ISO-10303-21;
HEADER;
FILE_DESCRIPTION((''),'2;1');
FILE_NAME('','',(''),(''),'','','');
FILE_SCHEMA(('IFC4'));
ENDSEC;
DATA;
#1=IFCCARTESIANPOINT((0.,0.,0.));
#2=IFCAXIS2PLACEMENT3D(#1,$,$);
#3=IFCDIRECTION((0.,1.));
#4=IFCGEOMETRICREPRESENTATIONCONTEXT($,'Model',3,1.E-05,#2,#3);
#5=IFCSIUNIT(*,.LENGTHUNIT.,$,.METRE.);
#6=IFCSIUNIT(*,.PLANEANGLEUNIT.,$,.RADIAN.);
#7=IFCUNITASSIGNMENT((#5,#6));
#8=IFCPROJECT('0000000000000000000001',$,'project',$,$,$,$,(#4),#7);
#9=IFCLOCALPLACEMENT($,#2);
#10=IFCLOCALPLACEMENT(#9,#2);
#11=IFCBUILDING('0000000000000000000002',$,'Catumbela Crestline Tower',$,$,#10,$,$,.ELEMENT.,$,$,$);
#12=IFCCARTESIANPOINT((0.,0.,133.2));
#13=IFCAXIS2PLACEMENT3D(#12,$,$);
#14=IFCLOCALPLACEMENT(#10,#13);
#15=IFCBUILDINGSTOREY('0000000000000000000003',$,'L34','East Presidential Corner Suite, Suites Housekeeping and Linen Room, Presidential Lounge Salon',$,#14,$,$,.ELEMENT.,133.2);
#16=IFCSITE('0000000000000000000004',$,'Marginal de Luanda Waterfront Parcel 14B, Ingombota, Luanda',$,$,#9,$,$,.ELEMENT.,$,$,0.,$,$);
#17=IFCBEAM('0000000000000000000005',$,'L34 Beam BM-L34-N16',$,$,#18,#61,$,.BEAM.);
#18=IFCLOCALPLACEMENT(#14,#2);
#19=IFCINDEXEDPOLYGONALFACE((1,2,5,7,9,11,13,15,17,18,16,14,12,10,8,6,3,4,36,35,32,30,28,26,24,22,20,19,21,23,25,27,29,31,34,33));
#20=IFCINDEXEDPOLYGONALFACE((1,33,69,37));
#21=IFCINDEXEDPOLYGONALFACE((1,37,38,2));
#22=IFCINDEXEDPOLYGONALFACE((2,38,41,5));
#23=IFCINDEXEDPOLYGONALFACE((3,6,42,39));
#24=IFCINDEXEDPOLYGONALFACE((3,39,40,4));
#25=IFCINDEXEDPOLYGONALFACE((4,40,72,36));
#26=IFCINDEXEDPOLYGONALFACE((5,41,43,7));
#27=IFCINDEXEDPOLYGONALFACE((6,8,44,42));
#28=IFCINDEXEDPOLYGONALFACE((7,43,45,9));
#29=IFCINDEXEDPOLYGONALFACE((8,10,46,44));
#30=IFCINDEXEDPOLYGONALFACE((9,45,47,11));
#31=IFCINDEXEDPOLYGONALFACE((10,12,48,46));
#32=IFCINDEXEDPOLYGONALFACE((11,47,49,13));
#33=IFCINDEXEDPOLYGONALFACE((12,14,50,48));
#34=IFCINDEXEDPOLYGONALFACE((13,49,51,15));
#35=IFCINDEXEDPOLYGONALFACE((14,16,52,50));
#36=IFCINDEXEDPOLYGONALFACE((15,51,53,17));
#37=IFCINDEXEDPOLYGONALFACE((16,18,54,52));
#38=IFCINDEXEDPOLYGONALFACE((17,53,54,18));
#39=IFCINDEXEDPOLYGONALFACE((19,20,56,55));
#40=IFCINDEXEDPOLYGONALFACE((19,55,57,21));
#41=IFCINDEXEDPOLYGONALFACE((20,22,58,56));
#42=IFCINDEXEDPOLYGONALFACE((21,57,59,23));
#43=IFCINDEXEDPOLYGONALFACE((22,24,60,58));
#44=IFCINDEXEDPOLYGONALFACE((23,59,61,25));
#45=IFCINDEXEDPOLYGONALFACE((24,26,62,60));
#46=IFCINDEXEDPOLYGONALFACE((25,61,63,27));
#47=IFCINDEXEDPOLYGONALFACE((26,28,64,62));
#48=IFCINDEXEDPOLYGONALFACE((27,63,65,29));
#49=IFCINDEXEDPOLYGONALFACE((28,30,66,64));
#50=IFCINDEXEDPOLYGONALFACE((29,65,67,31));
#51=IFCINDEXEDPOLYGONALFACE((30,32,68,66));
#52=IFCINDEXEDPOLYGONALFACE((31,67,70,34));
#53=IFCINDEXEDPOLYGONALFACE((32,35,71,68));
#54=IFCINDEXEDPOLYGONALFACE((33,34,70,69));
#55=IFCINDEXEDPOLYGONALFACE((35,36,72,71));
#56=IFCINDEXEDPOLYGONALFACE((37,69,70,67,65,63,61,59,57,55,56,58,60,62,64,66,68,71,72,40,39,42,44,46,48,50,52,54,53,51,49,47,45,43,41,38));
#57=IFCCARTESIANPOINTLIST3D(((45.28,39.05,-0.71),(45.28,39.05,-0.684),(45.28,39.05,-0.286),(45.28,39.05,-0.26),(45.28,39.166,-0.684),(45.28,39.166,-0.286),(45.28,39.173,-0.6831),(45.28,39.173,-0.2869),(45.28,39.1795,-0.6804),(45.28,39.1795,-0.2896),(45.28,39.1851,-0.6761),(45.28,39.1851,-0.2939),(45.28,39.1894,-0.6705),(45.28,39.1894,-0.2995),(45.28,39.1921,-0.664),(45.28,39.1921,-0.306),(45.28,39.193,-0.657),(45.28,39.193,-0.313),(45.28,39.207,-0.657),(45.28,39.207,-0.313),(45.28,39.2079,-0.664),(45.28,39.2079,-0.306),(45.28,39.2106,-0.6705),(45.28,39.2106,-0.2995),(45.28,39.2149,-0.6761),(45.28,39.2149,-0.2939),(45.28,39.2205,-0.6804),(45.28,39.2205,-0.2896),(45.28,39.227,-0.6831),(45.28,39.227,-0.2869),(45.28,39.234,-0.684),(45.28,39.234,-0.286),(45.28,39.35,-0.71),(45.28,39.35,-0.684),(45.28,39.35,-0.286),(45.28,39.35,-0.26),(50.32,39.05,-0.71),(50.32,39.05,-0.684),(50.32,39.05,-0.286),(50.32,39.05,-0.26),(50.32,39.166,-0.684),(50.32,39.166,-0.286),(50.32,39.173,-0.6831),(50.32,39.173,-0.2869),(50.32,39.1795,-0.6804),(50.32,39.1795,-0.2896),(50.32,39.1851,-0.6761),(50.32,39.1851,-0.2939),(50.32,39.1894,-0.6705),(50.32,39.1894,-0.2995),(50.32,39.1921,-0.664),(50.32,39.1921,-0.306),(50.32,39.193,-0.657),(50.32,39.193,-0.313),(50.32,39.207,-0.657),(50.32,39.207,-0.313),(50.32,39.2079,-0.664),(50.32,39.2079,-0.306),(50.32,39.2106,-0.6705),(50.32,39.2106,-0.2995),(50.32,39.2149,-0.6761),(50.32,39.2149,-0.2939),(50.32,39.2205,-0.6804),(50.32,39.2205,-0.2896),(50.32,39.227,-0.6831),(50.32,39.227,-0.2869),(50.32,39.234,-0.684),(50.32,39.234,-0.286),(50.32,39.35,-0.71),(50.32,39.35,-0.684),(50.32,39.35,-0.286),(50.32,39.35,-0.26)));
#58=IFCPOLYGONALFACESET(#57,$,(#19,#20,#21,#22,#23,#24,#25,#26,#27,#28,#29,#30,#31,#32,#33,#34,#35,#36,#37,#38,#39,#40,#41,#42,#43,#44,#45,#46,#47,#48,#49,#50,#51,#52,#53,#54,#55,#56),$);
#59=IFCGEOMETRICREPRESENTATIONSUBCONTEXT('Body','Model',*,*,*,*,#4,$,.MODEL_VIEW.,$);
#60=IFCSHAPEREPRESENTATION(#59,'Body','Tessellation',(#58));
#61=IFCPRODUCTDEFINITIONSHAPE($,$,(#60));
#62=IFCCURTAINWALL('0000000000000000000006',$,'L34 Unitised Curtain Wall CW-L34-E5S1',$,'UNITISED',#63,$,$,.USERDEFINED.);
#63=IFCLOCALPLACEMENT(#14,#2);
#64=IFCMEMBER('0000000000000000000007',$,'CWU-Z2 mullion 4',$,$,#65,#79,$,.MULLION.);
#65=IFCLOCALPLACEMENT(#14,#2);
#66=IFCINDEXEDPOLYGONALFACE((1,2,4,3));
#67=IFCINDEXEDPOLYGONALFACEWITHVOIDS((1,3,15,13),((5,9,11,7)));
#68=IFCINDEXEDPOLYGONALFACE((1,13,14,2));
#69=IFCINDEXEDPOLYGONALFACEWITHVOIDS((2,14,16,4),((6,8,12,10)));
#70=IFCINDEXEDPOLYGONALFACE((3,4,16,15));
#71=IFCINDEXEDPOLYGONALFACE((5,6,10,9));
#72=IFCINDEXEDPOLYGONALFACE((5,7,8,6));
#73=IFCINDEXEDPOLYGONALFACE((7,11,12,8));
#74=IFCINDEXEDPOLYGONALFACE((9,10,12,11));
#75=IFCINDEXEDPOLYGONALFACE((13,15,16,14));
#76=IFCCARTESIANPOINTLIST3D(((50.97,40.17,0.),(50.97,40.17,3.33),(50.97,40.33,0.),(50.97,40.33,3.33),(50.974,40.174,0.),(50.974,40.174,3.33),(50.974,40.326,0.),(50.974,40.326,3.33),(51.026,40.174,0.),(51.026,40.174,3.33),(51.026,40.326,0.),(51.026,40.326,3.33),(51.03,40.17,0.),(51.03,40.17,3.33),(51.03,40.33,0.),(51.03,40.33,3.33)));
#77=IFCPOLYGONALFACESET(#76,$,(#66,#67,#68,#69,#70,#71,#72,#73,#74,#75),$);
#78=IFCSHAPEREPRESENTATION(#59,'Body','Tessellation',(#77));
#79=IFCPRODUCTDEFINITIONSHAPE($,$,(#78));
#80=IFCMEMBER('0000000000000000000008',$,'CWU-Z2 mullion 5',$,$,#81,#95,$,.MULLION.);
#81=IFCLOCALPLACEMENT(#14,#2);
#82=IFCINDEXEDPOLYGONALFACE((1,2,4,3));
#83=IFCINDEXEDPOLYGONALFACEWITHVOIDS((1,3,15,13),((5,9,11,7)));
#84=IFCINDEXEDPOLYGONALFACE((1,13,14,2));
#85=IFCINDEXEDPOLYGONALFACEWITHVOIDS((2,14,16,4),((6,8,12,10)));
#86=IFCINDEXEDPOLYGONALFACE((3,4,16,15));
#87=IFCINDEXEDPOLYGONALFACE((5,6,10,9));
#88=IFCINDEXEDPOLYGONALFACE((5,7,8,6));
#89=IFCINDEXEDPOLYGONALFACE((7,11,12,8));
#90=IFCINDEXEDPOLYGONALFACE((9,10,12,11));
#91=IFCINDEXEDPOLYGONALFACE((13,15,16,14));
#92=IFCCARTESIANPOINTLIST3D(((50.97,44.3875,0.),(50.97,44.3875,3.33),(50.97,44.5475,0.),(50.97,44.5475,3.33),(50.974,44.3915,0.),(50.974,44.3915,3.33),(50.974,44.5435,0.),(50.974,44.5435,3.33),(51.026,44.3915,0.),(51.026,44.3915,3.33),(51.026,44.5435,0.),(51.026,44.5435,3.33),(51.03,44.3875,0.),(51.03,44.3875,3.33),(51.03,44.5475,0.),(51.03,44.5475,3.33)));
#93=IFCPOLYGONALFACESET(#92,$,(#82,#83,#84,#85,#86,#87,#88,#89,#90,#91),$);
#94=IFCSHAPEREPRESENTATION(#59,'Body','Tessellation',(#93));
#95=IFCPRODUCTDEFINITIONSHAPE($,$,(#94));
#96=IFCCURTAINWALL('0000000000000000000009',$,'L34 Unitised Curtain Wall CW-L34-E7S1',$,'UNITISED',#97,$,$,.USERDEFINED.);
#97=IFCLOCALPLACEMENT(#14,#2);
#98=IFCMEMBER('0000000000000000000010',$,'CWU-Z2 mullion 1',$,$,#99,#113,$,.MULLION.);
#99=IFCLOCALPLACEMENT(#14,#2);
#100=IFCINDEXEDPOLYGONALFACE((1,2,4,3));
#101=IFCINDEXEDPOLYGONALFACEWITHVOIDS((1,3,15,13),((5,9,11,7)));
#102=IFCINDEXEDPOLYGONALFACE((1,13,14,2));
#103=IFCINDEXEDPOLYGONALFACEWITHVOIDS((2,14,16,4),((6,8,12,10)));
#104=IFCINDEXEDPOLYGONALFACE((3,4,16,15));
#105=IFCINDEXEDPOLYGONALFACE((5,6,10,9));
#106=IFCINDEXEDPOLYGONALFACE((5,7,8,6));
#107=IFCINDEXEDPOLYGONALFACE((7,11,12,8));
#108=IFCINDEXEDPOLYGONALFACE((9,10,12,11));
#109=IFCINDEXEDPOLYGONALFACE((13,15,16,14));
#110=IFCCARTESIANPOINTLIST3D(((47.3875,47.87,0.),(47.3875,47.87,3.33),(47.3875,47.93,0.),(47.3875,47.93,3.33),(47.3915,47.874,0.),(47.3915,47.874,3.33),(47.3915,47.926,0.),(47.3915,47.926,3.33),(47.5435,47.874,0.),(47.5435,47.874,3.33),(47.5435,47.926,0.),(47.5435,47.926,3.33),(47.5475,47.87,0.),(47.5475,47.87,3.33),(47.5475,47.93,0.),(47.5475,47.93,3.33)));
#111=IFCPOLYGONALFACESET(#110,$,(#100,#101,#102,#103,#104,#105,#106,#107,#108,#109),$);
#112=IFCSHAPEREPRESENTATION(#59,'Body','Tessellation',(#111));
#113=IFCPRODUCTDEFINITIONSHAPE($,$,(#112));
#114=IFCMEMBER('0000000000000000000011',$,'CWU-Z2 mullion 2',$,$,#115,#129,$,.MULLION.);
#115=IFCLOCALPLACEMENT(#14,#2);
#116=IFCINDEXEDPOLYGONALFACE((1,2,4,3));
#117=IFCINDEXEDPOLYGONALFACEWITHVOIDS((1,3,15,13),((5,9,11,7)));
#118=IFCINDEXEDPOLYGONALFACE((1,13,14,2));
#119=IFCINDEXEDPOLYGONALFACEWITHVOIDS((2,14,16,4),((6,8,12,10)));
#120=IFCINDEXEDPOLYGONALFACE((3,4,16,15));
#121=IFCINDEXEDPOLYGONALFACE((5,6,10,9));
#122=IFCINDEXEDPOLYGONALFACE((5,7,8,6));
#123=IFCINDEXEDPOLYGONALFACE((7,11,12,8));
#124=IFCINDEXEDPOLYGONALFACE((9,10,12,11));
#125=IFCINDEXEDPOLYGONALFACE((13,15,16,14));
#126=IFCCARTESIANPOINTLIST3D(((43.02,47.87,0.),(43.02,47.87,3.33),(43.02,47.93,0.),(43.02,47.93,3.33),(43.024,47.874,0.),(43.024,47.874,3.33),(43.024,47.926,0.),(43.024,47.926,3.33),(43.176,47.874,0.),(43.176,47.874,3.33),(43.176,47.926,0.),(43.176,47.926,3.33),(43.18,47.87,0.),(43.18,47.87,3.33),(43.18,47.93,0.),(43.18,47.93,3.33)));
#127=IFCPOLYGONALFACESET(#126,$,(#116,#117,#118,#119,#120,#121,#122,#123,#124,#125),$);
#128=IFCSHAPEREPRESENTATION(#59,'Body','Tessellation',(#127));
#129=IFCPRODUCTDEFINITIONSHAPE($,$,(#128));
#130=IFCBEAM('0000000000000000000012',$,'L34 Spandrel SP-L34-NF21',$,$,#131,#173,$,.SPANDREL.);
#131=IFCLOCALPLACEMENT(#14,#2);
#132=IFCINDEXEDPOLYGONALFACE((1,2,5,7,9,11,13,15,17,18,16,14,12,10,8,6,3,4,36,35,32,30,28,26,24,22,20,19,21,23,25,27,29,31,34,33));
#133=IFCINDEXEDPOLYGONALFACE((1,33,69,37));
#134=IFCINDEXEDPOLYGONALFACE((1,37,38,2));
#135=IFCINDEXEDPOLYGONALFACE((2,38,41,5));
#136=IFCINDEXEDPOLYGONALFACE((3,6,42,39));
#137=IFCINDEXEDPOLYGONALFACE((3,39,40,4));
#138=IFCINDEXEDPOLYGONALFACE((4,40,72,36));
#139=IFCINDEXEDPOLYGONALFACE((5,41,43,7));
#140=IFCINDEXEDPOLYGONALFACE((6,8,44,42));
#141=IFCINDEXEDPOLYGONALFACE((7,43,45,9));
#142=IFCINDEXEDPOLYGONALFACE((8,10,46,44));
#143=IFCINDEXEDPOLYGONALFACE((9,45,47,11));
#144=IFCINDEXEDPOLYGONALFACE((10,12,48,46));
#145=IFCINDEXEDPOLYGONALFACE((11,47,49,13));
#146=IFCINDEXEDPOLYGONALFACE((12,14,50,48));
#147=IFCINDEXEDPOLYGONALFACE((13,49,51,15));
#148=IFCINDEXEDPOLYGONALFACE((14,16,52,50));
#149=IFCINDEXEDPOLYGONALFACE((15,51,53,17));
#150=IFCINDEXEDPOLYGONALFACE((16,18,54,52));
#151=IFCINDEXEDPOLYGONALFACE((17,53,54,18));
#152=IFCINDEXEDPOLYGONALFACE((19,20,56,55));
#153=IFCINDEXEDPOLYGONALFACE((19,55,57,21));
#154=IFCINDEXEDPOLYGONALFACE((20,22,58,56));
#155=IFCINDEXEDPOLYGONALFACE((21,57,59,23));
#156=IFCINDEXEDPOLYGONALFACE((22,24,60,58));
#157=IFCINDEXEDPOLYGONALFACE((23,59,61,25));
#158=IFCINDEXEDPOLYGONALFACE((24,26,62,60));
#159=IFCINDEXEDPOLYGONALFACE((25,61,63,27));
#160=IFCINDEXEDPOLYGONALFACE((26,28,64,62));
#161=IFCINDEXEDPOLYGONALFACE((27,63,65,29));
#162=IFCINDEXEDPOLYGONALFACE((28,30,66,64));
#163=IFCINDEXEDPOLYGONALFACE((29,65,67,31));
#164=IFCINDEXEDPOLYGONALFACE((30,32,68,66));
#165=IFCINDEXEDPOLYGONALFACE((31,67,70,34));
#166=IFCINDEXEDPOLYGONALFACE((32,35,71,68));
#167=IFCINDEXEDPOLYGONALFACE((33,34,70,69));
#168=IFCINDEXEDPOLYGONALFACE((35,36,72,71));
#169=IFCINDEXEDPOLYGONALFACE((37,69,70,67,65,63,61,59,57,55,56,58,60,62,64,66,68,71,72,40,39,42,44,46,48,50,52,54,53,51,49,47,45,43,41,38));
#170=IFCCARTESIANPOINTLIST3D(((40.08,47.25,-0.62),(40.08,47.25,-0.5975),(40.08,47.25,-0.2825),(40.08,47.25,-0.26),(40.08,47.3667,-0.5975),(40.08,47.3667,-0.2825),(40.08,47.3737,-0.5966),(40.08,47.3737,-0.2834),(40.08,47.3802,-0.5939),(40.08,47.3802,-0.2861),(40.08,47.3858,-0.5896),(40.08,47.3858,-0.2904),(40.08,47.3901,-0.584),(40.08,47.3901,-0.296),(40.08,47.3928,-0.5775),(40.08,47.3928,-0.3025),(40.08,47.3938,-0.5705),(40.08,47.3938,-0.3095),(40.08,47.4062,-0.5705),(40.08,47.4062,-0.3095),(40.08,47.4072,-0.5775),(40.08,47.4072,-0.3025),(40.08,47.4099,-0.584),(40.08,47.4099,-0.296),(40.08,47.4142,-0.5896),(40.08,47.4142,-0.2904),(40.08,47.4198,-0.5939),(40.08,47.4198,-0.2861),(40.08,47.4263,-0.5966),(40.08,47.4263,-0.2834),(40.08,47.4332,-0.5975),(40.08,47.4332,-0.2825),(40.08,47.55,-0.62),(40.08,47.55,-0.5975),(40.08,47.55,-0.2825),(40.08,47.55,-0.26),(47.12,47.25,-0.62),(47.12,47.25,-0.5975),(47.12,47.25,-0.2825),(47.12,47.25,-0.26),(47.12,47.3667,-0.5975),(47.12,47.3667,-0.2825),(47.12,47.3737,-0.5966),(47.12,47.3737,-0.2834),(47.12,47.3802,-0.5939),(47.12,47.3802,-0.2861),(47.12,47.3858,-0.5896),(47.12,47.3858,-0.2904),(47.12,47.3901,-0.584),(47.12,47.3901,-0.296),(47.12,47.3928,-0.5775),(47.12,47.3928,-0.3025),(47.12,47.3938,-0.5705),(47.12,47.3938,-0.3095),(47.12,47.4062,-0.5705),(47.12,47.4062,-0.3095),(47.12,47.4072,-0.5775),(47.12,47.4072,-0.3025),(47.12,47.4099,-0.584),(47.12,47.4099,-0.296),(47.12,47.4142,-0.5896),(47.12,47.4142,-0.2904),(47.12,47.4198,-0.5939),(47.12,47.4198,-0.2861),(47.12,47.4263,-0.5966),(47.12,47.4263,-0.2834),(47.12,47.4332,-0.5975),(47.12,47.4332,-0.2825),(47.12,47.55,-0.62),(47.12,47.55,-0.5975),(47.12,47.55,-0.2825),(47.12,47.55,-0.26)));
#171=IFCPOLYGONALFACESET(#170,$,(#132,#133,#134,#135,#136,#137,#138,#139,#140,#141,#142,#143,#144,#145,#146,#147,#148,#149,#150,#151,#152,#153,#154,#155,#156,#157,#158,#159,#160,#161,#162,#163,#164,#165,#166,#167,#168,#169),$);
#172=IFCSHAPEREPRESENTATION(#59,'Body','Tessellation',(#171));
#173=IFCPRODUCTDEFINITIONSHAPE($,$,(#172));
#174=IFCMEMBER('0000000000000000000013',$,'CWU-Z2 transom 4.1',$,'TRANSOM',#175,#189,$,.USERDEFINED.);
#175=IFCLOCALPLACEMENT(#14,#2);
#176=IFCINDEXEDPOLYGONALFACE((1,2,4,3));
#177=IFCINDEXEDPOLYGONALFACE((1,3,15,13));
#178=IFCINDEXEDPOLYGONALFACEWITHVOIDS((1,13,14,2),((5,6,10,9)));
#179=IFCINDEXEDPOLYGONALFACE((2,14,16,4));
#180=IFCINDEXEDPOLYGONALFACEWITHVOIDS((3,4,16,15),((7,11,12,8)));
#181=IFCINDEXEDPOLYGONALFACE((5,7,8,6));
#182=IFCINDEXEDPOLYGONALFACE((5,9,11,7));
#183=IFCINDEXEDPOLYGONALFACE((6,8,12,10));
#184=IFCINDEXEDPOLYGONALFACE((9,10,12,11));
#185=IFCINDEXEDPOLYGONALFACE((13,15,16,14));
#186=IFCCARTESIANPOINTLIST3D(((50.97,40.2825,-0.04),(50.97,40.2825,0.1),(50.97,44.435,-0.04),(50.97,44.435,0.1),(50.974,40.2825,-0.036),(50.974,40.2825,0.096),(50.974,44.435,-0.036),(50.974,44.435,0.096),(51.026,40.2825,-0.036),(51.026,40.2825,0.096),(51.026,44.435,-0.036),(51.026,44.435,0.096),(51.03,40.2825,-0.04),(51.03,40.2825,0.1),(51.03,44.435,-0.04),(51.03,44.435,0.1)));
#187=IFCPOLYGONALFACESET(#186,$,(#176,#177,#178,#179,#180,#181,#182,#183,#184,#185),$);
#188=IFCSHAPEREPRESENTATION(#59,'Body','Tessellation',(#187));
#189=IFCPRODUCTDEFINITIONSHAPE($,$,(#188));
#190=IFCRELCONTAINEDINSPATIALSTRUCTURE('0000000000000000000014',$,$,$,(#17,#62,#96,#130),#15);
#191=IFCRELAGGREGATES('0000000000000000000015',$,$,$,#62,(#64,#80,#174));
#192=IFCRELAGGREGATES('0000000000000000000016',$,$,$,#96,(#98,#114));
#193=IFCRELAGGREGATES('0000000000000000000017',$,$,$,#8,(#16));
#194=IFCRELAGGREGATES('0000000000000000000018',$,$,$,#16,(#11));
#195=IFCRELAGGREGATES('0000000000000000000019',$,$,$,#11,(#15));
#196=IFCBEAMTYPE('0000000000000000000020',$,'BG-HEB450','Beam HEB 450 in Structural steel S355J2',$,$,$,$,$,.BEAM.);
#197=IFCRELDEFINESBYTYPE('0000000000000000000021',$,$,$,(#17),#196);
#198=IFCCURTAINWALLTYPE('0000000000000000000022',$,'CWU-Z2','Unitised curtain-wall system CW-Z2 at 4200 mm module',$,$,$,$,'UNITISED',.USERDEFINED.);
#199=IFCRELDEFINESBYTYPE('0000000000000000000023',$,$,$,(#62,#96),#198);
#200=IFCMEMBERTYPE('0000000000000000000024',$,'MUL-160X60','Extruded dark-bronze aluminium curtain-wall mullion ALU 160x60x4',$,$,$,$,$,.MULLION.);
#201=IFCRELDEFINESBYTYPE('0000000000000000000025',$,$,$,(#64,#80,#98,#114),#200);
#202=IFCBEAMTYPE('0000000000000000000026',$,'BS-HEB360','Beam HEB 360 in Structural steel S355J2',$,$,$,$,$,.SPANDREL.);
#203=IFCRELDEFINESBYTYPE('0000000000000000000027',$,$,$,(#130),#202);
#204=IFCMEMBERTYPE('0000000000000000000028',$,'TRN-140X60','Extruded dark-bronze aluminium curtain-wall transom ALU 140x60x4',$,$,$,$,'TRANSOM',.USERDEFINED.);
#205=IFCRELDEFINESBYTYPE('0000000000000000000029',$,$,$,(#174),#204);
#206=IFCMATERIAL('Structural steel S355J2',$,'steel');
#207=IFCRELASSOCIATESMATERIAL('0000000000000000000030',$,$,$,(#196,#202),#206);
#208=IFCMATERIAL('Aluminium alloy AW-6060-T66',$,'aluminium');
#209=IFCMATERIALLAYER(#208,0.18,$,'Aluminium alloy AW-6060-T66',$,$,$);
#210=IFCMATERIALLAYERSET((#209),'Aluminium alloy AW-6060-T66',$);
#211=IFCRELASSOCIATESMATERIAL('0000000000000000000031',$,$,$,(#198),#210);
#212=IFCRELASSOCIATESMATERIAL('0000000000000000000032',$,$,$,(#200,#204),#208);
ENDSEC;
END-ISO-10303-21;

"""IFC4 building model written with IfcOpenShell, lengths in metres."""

from ifc_helpers import new_model, si_unit, direction, frame, origin, origin_2d, place, context, subcontext, project, spatial, hollow_rectangle, i_section, extrude, material, layer, layer_set, material_profile, profile_set, type_object, element, aggregate, save


model = new_model("IFC4")

# Units and contexts
model_context = context("Model", 3, precision=1e-05, world=origin(), true_north=direction((0.0, 1.0)))
body_context = subcontext(model_context, "Body", "Model", "MODEL_VIEW")
ifc_project = project(units=[si_unit("LENGTHUNIT", "METRE"), si_unit("PLANEANGLEUNIT", "RADIAN")], contexts=[model_context])

# Site, building, storey
site_placement = place(None, origin())
site = spatial("IfcSite", under=ifc_project, at=site_placement, Name="Marginal de Luanda Waterfront Parcel 14B, Ingombota, Luanda", CompositionType="ELEMENT", RefElevation=0.0)
building_placement = place(site_placement, origin())
building = spatial("IfcBuilding", under=site, at=building_placement, Name="Catumbela Crestline Tower", CompositionType="ELEMENT")
storey_placement = place(building_placement, frame((0.0, 0.0, 133.2)))
storey = spatial("IfcBuildingStorey", under=building, at=storey_placement, Name="L34", Description="East Presidential Corner Suite, Suites Housekeeping and Linen Room, Presidential Lounge Salon", CompositionType="ELEMENT", Elevation=133.2)

# Beam
ifc_material_1 = material(Name="Structural steel S355J2", Category="steel")
ifc_material_profile_1 = material_profile(ifc_material_1, i_section(OverallWidth=0.3, OverallDepth=0.45, WebThickness=0.014, FlangeThickness=0.026, FilletRadius=0.027, at=origin_2d()), Name="HEB 450")
ifc_profile_set_1 = profile_set([ifc_material_profile_1], Name="Structural steel S355J2")
beam_type_1 = type_object("IfcBeamType", Name="BG-HEB450", Description="Beam HEB 450 in Structural steel S355J2", PredefinedType="BEAM", material=ifc_profile_set_1)
beam_1_placement = place(storey_placement, frame((45.28, 39.2, -0.485), z_axis=(1.0, 0.0, 0.0), x_axis=(0.0, 1.0, 0.0)))
element("IfcBeam", 1, at=beam_1_placement, inside=storey, type_object=beam_type_1, Name="L34 Beam BM-L34-N16", PredefinedType="BEAM", context=body_context, shape_type="SweptSolid", body=[
    extrude(i_section(OverallWidth=0.3, OverallDepth=0.45, WebThickness=0.014, FlangeThickness=0.026, FilletRadius=0.027, at=origin_2d()), origin(), (0.0, 0.0, 1.0), 5.04),
])

# Curtain walls, members
ifc_material_2 = material(Name="Aluminium alloy AW-6060-T66", Category="aluminium")
ifc_layer_1 = layer(ifc_material_2, 0.18, Name="Aluminium alloy AW-6060-T66")
ifc_layer_set_1 = layer_set([ifc_layer_1], Name="Aluminium alloy AW-6060-T66")
curtain_wall_type = type_object("IfcCurtainWallType", Name="CWU-Z2", Description="Unitised curtain-wall system CW-Z2 at 4200 mm module", ElementType="UNITISED", PredefinedType="USERDEFINED", material=ifc_layer_set_1)
curtain_wall_1_placement = place(storey_placement, origin())
curtain_wall_1 = element("IfcCurtainWall", 2, at=curtain_wall_1_placement, inside=storey, type_object=curtain_wall_type, Name="L34 Unitised Curtain Wall CW-L34-E5S1", ObjectType="UNITISED", PredefinedType="USERDEFINED")
ifc_material_profile_2 = material_profile(ifc_material_2, hollow_rectangle(XDim=0.06, YDim=0.16, WallThickness=0.004, at=origin_2d()), Name="ALU 160x60x4")
ifc_profile_set_2 = profile_set([ifc_material_profile_2], Name="Aluminium alloy AW-6060-T66")
member_type_1 = type_object("IfcMemberType", Name="MUL-160X60", Description="Extruded dark-bronze aluminium curtain-wall mullion ALU 160x60x4", PredefinedType="MULLION", material=ifc_profile_set_2)
member_1_placement = place(storey_placement, frame((51.0, 40.25, 0.0), z_axis=(0.0, 0.0, 1.0), x_axis=(-1.0, 0.0, 0.0)))
member_1 = element("IfcMember", 3, at=member_1_placement, type_object=member_type_1, Name="CWU-Z2 mullion 4", PredefinedType="MULLION", context=body_context, shape_type="SweptSolid", body=[
    extrude(hollow_rectangle(XDim=0.06, YDim=0.16, WallThickness=0.004, at=origin_2d()), origin(), (0.0, 0.0, 1.0), 3.33),
])
member_2_placement = place(storey_placement, frame((51.0, 44.4675, 0.0), z_axis=(0.0, 0.0, 1.0), x_axis=(-1.0, 0.0, 0.0)))
member_2 = element("IfcMember", 4, at=member_2_placement, type_object=member_type_1, Name="CWU-Z2 mullion 5", PredefinedType="MULLION", context=body_context, shape_type="SweptSolid", body=[
    extrude(hollow_rectangle(XDim=0.06, YDim=0.16, WallThickness=0.004, at=origin_2d()), origin(), (0.0, 0.0, 1.0), 3.33),
])
curtain_wall_2_placement = place(storey_placement, origin())
curtain_wall_2 = element("IfcCurtainWall", 5, at=curtain_wall_2_placement, inside=storey, type_object=curtain_wall_type, Name="L34 Unitised Curtain Wall CW-L34-E7S1", ObjectType="UNITISED", PredefinedType="USERDEFINED")
member_3_placement = place(storey_placement, frame((47.4675, 47.9, 0.0), z_axis=(0.0, 0.0, 1.0), x_axis=(0.0, -1.0, 0.0)))
member_3 = element("IfcMember", 6, at=member_3_placement, type_object=member_type_1, Name="CWU-Z2 mullion 1", PredefinedType="MULLION", context=body_context, shape_type="SweptSolid", body=[
    extrude(hollow_rectangle(XDim=0.06, YDim=0.16, WallThickness=0.004, at=origin_2d()), origin(), (0.0, 0.0, 1.0), 3.33),
])
member_4_placement = place(storey_placement, frame((43.1, 47.9, 0.0), z_axis=(0.0, 0.0, 1.0), x_axis=(0.0, -1.0, 0.0)))
member_4 = element("IfcMember", 7, at=member_4_placement, type_object=member_type_1, Name="CWU-Z2 mullion 2", PredefinedType="MULLION", context=body_context, shape_type="SweptSolid", body=[
    extrude(hollow_rectangle(XDim=0.06, YDim=0.16, WallThickness=0.004, at=origin_2d()), origin(), (0.0, 0.0, 1.0), 3.33),
])

# Beam
ifc_material_profile_3 = material_profile(ifc_material_1, i_section(OverallWidth=0.3, OverallDepth=0.36, WebThickness=0.0125, FlangeThickness=0.0225, FilletRadius=0.027, at=origin_2d()), Name="HEB 360")
ifc_profile_set_3 = profile_set([ifc_material_profile_3], Name="Structural steel S355J2")
beam_type_2 = type_object("IfcBeamType", Name="BS-HEB360", Description="Beam HEB 360 in Structural steel S355J2", PredefinedType="SPANDREL", material=ifc_profile_set_3)
beam_2_placement = place(storey_placement, frame((40.08, 47.4, -0.44), z_axis=(1.0, 0.0, 0.0), x_axis=(0.0, 1.0, 0.0)))
element("IfcBeam", 8, at=beam_2_placement, inside=storey, type_object=beam_type_2, Name="L34 Spandrel SP-L34-NF21", PredefinedType="SPANDREL", context=body_context, shape_type="SweptSolid", body=[
    extrude(i_section(OverallWidth=0.3, OverallDepth=0.36, WebThickness=0.0125, FlangeThickness=0.0225, FilletRadius=0.027, at=origin_2d()), origin(), (0.0, 0.0, 1.0), 7.04),
])

# Member
ifc_material_profile_4 = material_profile(ifc_material_2, hollow_rectangle(XDim=0.06, YDim=0.14, WallThickness=0.004, at=origin_2d()), Name="ALU 140x60x4")
ifc_profile_set_4 = profile_set([ifc_material_profile_4], Name="Aluminium alloy AW-6060-T66")
member_type_2 = type_object("IfcMemberType", Name="TRN-140X60", Description="Extruded dark-bronze aluminium curtain-wall transom ALU 140x60x4", ElementType="TRANSOM", PredefinedType="USERDEFINED", material=ifc_profile_set_4)
member_5_placement = place(storey_placement, frame((51.0, 40.2825, 0.03), z_axis=(0.0, 1.0, 0.0), x_axis=(-1.0, 0.0, 0.0)))
member_5 = element("IfcMember", 9, at=member_5_placement, type_object=member_type_2, Name="CWU-Z2 transom 4.1", ObjectType="TRANSOM", PredefinedType="USERDEFINED", context=body_context, shape_type="SweptSolid", body=[
    extrude(hollow_rectangle(XDim=0.06, YDim=0.14, WallThickness=0.004, at=origin_2d()), origin(), (0.0, 0.0, 1.0), 4.1525),
])

aggregate(curtain_wall_1, [member_1, member_2, member_5])
aggregate(curtain_wall_2, [member_3, member_4])

save(model, "model.ifc")
